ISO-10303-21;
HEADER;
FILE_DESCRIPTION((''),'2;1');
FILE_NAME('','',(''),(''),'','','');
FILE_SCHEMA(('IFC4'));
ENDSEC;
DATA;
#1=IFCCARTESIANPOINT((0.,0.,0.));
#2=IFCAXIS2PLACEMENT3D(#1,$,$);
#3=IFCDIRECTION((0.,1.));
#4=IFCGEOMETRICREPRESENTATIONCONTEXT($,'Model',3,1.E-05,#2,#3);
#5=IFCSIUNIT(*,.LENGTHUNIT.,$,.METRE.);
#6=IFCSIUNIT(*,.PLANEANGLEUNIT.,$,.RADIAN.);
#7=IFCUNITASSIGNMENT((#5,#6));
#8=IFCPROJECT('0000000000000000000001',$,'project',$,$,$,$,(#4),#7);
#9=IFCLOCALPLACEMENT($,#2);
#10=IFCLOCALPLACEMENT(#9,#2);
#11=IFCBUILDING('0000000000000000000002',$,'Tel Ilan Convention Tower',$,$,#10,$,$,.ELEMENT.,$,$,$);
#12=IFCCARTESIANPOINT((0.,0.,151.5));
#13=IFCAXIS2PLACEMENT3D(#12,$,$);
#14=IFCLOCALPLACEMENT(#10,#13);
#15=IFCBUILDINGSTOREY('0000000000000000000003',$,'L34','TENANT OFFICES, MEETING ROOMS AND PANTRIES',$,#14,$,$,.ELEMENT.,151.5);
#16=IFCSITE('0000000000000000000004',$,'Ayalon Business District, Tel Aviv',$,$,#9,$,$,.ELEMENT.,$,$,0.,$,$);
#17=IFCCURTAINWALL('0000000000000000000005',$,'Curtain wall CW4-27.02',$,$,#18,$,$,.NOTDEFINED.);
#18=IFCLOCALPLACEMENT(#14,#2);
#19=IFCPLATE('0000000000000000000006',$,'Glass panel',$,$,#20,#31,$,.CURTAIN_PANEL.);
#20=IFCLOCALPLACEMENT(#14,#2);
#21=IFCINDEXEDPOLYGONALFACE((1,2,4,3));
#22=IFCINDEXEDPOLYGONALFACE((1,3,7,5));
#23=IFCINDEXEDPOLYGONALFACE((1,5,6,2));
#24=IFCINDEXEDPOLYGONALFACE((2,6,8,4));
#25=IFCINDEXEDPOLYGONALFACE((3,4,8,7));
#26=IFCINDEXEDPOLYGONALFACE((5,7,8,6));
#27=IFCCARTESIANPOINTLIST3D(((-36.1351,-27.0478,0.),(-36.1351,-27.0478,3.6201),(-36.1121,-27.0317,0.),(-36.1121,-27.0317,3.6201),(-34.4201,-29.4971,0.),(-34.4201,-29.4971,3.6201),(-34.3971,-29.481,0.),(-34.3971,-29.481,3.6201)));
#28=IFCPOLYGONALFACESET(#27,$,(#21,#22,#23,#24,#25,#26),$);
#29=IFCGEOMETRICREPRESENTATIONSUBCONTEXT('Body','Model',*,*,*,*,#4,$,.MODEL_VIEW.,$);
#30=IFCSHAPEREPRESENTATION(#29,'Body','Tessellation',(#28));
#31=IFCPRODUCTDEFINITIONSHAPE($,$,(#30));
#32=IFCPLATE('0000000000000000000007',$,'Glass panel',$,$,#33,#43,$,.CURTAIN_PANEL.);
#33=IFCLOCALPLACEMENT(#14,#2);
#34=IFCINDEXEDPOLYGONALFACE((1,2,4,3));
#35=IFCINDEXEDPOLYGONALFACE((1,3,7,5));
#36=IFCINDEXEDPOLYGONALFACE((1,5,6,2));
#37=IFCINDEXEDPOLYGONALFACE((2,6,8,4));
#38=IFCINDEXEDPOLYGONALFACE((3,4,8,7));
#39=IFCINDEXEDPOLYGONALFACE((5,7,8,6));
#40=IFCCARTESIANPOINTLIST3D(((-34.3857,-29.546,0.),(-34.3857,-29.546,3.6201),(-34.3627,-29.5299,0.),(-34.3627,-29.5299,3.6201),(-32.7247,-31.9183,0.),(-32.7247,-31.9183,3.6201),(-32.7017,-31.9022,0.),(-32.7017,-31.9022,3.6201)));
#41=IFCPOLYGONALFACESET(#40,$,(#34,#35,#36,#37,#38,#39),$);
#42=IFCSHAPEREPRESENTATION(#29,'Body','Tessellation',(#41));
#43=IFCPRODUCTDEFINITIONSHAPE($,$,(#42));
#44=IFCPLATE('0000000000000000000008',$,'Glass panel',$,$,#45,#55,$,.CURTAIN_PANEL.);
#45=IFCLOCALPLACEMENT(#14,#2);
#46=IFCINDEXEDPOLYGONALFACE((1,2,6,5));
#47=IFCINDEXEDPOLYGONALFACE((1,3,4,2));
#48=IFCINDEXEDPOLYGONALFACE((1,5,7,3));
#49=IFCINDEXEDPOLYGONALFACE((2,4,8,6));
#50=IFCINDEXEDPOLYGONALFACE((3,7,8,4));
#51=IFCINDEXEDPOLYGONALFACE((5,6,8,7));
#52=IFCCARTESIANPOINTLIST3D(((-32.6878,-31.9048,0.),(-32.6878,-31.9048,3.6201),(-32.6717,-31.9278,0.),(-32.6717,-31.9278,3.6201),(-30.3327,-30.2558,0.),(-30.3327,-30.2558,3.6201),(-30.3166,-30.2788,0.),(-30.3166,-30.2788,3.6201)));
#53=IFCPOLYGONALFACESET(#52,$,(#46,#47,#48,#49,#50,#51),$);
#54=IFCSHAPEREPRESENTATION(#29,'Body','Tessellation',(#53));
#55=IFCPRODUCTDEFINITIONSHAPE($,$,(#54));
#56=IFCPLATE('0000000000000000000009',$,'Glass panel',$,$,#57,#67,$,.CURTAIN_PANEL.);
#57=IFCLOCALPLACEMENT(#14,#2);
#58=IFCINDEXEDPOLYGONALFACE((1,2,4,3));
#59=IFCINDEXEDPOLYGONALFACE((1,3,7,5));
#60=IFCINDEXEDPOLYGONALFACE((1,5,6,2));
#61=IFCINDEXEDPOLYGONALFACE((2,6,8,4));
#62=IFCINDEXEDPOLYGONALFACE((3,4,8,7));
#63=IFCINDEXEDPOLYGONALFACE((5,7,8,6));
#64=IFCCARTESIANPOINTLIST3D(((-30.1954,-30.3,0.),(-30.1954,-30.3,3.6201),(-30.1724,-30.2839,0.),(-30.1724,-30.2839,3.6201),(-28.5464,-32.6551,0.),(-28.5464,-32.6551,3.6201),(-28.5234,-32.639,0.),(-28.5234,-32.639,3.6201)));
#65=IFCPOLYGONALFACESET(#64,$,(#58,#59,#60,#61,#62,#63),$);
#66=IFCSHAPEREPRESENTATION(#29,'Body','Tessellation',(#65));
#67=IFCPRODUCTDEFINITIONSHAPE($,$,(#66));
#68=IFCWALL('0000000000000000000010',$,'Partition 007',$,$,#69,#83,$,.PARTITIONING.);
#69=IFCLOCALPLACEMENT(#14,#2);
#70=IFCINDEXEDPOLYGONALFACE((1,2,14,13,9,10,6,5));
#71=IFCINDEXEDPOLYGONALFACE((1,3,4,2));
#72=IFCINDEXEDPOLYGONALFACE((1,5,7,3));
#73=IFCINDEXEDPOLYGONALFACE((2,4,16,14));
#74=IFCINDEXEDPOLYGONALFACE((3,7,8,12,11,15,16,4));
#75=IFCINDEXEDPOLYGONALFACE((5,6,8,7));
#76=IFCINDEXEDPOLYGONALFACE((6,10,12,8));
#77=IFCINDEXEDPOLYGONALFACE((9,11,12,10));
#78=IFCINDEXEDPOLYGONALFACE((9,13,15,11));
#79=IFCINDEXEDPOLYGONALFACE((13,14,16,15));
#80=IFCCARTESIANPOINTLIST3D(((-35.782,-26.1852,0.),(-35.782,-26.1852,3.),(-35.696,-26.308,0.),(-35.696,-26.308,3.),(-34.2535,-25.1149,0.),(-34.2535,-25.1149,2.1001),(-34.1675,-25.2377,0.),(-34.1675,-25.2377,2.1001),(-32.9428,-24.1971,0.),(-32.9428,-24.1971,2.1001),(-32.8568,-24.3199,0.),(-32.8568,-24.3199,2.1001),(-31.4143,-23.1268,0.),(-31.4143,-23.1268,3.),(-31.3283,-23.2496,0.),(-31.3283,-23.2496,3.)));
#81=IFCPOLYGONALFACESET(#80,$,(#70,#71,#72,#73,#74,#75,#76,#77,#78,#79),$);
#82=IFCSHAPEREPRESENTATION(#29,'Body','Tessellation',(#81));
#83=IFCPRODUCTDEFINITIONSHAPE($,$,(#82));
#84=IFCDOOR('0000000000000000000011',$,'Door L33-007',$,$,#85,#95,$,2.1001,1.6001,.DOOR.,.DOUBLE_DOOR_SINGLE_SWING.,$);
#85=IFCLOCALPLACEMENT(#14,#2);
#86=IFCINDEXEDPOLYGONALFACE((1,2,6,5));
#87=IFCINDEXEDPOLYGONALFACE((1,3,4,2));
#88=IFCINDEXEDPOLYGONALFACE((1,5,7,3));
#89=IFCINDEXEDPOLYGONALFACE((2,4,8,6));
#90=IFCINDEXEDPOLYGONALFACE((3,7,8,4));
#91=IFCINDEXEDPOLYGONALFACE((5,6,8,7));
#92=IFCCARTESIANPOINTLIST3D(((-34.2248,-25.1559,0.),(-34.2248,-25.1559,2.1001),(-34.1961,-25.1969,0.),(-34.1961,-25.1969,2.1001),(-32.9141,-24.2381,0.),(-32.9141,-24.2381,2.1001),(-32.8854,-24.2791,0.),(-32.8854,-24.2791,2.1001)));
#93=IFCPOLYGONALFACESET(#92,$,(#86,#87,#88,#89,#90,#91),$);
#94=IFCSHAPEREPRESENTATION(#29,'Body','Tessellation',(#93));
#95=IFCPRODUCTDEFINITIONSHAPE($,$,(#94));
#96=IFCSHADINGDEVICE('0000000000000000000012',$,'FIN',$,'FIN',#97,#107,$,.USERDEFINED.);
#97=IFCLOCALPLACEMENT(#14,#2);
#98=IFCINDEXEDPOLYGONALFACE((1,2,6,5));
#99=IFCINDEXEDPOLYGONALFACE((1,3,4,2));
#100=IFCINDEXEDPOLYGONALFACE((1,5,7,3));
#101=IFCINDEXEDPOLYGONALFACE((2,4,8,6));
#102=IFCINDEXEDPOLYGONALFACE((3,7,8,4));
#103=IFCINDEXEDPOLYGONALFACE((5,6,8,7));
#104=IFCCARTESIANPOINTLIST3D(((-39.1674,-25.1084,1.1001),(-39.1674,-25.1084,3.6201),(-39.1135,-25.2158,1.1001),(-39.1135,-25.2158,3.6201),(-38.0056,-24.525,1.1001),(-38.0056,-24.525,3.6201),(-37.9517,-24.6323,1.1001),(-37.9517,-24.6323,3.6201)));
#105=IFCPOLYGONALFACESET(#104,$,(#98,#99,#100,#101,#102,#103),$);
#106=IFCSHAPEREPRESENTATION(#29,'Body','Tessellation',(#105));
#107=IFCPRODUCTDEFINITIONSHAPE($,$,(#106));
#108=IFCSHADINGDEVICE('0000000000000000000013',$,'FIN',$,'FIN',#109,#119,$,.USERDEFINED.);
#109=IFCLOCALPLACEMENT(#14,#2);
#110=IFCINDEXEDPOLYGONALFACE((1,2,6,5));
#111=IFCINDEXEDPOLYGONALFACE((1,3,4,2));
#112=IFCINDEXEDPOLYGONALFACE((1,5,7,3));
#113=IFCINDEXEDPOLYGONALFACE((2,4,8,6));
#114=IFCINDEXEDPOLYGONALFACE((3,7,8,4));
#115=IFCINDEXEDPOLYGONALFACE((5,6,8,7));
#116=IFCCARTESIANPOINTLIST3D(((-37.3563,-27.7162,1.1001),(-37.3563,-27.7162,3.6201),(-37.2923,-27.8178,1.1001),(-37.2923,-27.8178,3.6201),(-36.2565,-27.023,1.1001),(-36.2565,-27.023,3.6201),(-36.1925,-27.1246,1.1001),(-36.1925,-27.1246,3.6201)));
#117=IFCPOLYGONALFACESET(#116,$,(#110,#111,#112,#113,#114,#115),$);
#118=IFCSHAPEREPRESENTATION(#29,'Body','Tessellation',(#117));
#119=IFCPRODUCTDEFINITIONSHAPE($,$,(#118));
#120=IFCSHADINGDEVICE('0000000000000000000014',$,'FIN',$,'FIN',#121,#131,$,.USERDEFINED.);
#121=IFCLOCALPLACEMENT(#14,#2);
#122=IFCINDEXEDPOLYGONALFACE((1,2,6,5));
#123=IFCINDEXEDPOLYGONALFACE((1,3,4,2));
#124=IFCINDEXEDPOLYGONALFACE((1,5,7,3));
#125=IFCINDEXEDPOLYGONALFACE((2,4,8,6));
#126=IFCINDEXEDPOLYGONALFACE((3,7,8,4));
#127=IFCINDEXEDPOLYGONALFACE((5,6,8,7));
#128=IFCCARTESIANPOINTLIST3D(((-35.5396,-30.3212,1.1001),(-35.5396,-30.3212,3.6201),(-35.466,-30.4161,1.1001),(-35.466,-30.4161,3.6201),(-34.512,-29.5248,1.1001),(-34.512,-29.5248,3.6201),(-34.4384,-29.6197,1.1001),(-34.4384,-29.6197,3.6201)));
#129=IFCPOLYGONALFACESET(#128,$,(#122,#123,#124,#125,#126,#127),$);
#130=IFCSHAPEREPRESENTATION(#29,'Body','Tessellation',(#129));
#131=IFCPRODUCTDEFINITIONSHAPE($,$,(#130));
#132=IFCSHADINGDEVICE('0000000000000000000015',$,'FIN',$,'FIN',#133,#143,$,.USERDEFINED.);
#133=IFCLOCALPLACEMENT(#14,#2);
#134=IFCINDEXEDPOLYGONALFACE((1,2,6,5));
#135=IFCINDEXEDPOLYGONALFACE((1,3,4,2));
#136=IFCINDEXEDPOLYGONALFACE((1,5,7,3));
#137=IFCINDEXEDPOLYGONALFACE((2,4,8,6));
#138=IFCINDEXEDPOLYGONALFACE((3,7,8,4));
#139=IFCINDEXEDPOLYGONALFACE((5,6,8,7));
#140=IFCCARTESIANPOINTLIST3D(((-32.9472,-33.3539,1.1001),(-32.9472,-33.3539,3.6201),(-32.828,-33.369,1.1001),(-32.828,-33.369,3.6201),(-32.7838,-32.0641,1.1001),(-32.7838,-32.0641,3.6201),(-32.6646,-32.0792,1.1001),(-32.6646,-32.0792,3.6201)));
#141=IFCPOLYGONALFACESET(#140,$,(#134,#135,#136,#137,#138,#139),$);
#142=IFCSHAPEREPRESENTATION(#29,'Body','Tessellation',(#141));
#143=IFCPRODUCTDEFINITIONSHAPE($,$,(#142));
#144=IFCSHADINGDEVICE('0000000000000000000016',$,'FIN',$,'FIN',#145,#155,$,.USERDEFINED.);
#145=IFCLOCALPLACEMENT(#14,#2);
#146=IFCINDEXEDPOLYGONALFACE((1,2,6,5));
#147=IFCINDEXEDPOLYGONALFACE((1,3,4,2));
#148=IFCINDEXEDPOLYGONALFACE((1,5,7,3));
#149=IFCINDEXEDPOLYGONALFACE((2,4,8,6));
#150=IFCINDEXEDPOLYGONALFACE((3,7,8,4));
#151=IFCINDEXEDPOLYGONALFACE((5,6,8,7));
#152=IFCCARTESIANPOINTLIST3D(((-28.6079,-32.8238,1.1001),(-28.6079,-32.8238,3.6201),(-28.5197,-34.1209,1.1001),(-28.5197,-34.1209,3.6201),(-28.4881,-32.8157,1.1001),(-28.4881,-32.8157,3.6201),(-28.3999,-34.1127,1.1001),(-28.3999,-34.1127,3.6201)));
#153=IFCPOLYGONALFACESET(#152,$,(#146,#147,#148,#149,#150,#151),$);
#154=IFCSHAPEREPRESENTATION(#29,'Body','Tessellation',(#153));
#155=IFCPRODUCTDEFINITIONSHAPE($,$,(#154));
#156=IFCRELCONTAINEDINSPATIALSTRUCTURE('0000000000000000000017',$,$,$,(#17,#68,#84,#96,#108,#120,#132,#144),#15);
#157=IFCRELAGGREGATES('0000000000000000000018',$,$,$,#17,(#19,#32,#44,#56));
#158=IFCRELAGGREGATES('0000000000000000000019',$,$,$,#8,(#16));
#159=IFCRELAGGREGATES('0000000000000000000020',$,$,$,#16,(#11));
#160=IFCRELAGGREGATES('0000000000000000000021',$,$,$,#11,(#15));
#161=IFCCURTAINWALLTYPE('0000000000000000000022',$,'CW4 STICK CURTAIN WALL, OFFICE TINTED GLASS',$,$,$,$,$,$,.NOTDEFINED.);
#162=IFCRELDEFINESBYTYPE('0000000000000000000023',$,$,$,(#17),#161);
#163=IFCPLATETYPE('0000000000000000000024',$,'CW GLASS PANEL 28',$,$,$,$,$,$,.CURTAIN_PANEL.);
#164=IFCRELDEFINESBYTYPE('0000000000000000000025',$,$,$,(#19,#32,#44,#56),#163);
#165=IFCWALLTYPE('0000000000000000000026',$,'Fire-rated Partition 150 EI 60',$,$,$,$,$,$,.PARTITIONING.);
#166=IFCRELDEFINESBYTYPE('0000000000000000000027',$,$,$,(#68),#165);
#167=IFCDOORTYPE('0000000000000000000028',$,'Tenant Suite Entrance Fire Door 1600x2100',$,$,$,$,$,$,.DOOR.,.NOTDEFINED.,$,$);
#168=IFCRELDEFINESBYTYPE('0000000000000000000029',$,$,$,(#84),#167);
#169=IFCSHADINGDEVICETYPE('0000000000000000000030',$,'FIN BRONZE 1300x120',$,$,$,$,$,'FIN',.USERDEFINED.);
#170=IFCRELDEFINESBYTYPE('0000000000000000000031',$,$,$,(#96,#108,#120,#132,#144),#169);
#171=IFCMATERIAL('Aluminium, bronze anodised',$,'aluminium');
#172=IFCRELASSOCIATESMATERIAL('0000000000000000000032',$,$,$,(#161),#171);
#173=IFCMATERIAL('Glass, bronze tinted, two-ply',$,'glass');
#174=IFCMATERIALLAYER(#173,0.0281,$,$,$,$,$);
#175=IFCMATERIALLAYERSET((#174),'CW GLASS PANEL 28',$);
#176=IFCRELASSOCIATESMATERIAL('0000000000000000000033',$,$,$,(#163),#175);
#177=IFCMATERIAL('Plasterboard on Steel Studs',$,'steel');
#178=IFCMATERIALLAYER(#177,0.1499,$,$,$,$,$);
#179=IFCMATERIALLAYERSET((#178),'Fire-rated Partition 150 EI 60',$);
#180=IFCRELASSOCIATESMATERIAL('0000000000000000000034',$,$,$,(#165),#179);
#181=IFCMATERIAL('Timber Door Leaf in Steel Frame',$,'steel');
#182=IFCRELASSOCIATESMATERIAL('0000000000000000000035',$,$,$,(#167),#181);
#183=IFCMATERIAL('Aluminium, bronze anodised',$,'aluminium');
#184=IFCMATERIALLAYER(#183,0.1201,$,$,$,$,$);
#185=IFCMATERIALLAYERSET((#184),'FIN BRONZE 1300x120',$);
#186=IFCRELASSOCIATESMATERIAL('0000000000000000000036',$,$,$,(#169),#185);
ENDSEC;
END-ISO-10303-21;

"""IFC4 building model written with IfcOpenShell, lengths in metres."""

from ifc_helpers import new_model, si_unit, direction, frame, frame_2d, origin, origin_2d, place, context, subcontext, project, spatial, rectangle, extrude, material, layer, layer_set, type_object, element, fill, aggregate, save


model = new_model("IFC4")

# Units and contexts
model_context = context("Model", 3, precision=1e-05, world=origin(), true_north=direction((0.0, 1.0)))
body_context = subcontext(model_context, "Body", "Model", "MODEL_VIEW")
ifc_project = project(units=[si_unit("LENGTHUNIT", "METRE"), si_unit("PLANEANGLEUNIT", "RADIAN")], contexts=[model_context])

# Site, building, storey
site_placement = place(None, origin())
site = spatial("IfcSite", under=ifc_project, at=site_placement, Name="Ayalon Business District, Tel Aviv", CompositionType="ELEMENT", RefElevation=0.0)
building_placement = place(site_placement, origin())
building = spatial("IfcBuilding", under=site, at=building_placement, Name="Tel Ilan Convention Tower", CompositionType="ELEMENT")
storey_placement = place(building_placement, frame((0.0, 0.0, 151.5)))
storey = spatial("IfcBuildingStorey", under=building, at=storey_placement, Name="L34", Description="TENANT OFFICES, MEETING ROOMS AND PANTRIES", CompositionType="ELEMENT", Elevation=151.5)

# Curtain wall, plates
ifc_material_1 = material(Name="Aluminium, bronze anodised", Category="aluminium")
curtain_wall_type = type_object("IfcCurtainWallType", Name="CW4 STICK CURTAIN WALL, OFFICE TINTED GLASS", PredefinedType="NOTDEFINED", material=ifc_material_1)
curtain_wall_placement = place(storey_placement, origin())
curtain_wall = element("IfcCurtainWall", 1, at=curtain_wall_placement, inside=storey, type_object=curtain_wall_type, Name="Curtain wall CW4-27.02", PredefinedType="NOTDEFINED")
ifc_material_2 = material(Name="Glass, bronze tinted, two-ply", Category="glass")
ifc_layer_1 = layer(ifc_material_2, 0.0281)
ifc_layer_set_1 = layer_set([ifc_layer_1], Name="CW GLASS PANEL 28")
plate_type = type_object("IfcPlateType", Name="CW GLASS PANEL 28", PredefinedType="CURTAIN_PANEL", material=ifc_layer_set_1)
plate_1_placement = place(storey_placement, frame((-35.2661, -28.2644, 0.0), z_axis=(0.0, 0.0, 1.0), x_axis=(0.573576, -0.819152, 0.0)))
plate_1 = element("IfcPlate", 2, at=plate_1_placement, type_object=plate_type, Name="Glass panel", PredefinedType="CURTAIN_PANEL", context=body_context, shape_type="SweptSolid", body=[
    extrude(rectangle(XDim=2.99, YDim=0.0281, at=origin_2d()), origin(), (0.0, 0.0, 1.0), 3.6201),
])
plate_2_placement = place(storey_placement, frame((-33.5437, -30.7241, 0.0), z_axis=(0.0, 0.0, 1.0), x_axis=(0.573576, -0.819152, 0.0)))
plate_2 = element("IfcPlate", 3, at=plate_2_placement, type_object=plate_type, Name="Glass panel", PredefinedType="CURTAIN_PANEL", context=body_context, shape_type="SweptSolid", body=[
    extrude(rectangle(XDim=2.896, YDim=0.0281, at=origin_2d()), origin(), (0.0, 0.0, 1.0), 3.6201),
])
plate_3_placement = place(storey_placement, frame((-31.5022, -31.0918, 0.0), z_axis=(0.0, 0.0, 1.0), x_axis=(0.819152, 0.573576, 0.0)))
plate_3 = element("IfcPlate", 4, at=plate_3_placement, type_object=plate_type, Name="Glass panel", PredefinedType="CURTAIN_PANEL", context=body_context, shape_type="SweptSolid", body=[
    extrude(rectangle(XDim=2.875, YDim=0.0281, at=origin_2d()), origin(), (0.0, 0.0, 1.0), 3.6201),
])
plate_4_placement = place(storey_placement, frame((-29.3594, -31.4695, 0.0), z_axis=(0.0, 0.0, 1.0), x_axis=(0.573576, -0.819152, 0.0)))
plate_4 = element("IfcPlate", 5, at=plate_4_placement, type_object=plate_type, Name="Glass panel", PredefinedType="CURTAIN_PANEL", context=body_context, shape_type="SweptSolid", body=[
    extrude(rectangle(XDim=2.875, YDim=0.0281, at=origin_2d()), origin(), (0.0, 0.0, 1.0), 3.6201),
])
aggregate(curtain_wall, [plate_1, plate_2, plate_3, plate_4])

# Wall, opening, door
ifc_material_3 = material(Name="Plasterboard on Steel Studs", Category="steel")
ifc_layer_2 = layer(ifc_material_3, 0.1499)
ifc_layer_set_2 = layer_set([ifc_layer_2], Name="Fire-rated Partition 150 EI 60")
wall_type = type_object("IfcWallType", Name="Fire-rated Partition 150 EI 60", PredefinedType="PARTITIONING", material=ifc_layer_set_2)
wall_placement = place(storey_placement, frame((-35.739, -26.2466, 0.0), z_axis=(0.0, 0.0, 1.0), x_axis=(0.819146, 0.573585, 0.0)))
wall = element("IfcWall", 6, at=wall_placement, inside=storey, type_object=wall_type, Name="Partition 007", PredefinedType="PARTITIONING", context=body_context, shape_type="SweptSolid", body=[
    extrude(rectangle(XDim=5.332, YDim=0.1499, at=frame_2d((2.666, 0.0))), origin(), (0.0, 0.0, 1.0), 3.0),
])
opening_placement = place(wall_placement, frame((1.866, 0.0, 0.0)))
opening = element("IfcOpeningElement", 7, at=opening_placement, cuts=wall, PredefinedType="OPENING", context=body_context, shape_type="SweptSolid", body=[
    extrude(rectangle(XDim=1.6001, YDim=2.1001, at=frame_2d((0.8, 1.05))), frame((0.0, 0.085, 0.0), z_axis=(0.0, -1.0, 0.0), x_axis=(1.0, 0.0, 0.0)), (0.0, 0.0, 1.0), 0.1699),
])
ifc_material_4 = material(Name="Timber Door Leaf in Steel Frame", Category="steel")
door_type = type_object("IfcDoorType", Name="Tenant Suite Entrance Fire Door 1600x2100", OperationType="NOTDEFINED", PredefinedType="DOOR", material=ifc_material_4)
door_placement = place(opening_placement, origin())
door = element("IfcDoor", 8, at=door_placement, inside=storey, type_object=door_type, Name="Door L33-007", OperationType="DOUBLE_DOOR_SINGLE_SWING", OverallHeight=2.1001, OverallWidth=1.6001, PredefinedType="DOOR", context=body_context, shape_type="SweptSolid", body=[
    extrude(rectangle(XDim=1.6001, YDim=2.1001, at=frame_2d((0.8, 1.05))), frame((0.0, 0.0249, 0.0), z_axis=(0.0, -1.0, 0.0), x_axis=(1.0, 0.0, 0.0)), (0.0, 0.0, 1.0), 0.05),
])
fill(opening, door)

# Shading devices
ifc_material_5 = material(Name="Aluminium, bronze anodised", Category="aluminium")
ifc_layer_3 = layer(ifc_material_5, 0.1201)
ifc_layer_set_3 = layer_set([ifc_layer_3], Name="FIN BRONZE 1300x120")
shading_device_type = type_object("IfcShadingDeviceType", Name="FIN BRONZE 1300x120", ElementType="FIN", PredefinedType="USERDEFINED", material=ifc_layer_set_3)
for number, where, z_axis, x_axis, name in (
    (9, (-38.5596, -24.8704, 1.1001), (0.0, 0.0, 1.0), (-0.893633, -0.448799, 0.0), "FIN"),
    (10, (-36.7744, -27.4204, 1.1001), (0.0, 0.0, 1.0), (-0.845986, -0.533204, 0.0), "FIN"),
    (11, (-34.989, -29.9705, 1.1001), (0.0, 0.0, 1.0), (-0.790393, -0.612601, 0.0), "FIN"),
    (12, (-32.8059, -32.7166, 1.1001), (0.0, 0.0, 1.0), (-0.125718, -0.992066, 0.0), "FIN"),
    (13, (-28.5039, -33.4683, 1.1001), (0.0, 0.0, 1.0), (0.067822, -0.997697, 0.0), "FIN"),
):
    element("IfcShadingDevice", number, at=place(storey_placement, frame(where, z_axis=z_axis, x_axis=x_axis)), inside=storey, type_object=shading_device_type, Name=name, ObjectType="FIN", PredefinedType="USERDEFINED", context=body_context, shape_type="SweptSolid", body=[
        extrude(rectangle(XDim=1.3, YDim=0.1201, at=origin_2d()), origin(), (0.0, 0.0, 1.0), 2.52),
    ])

save(model, "model.ifc")
